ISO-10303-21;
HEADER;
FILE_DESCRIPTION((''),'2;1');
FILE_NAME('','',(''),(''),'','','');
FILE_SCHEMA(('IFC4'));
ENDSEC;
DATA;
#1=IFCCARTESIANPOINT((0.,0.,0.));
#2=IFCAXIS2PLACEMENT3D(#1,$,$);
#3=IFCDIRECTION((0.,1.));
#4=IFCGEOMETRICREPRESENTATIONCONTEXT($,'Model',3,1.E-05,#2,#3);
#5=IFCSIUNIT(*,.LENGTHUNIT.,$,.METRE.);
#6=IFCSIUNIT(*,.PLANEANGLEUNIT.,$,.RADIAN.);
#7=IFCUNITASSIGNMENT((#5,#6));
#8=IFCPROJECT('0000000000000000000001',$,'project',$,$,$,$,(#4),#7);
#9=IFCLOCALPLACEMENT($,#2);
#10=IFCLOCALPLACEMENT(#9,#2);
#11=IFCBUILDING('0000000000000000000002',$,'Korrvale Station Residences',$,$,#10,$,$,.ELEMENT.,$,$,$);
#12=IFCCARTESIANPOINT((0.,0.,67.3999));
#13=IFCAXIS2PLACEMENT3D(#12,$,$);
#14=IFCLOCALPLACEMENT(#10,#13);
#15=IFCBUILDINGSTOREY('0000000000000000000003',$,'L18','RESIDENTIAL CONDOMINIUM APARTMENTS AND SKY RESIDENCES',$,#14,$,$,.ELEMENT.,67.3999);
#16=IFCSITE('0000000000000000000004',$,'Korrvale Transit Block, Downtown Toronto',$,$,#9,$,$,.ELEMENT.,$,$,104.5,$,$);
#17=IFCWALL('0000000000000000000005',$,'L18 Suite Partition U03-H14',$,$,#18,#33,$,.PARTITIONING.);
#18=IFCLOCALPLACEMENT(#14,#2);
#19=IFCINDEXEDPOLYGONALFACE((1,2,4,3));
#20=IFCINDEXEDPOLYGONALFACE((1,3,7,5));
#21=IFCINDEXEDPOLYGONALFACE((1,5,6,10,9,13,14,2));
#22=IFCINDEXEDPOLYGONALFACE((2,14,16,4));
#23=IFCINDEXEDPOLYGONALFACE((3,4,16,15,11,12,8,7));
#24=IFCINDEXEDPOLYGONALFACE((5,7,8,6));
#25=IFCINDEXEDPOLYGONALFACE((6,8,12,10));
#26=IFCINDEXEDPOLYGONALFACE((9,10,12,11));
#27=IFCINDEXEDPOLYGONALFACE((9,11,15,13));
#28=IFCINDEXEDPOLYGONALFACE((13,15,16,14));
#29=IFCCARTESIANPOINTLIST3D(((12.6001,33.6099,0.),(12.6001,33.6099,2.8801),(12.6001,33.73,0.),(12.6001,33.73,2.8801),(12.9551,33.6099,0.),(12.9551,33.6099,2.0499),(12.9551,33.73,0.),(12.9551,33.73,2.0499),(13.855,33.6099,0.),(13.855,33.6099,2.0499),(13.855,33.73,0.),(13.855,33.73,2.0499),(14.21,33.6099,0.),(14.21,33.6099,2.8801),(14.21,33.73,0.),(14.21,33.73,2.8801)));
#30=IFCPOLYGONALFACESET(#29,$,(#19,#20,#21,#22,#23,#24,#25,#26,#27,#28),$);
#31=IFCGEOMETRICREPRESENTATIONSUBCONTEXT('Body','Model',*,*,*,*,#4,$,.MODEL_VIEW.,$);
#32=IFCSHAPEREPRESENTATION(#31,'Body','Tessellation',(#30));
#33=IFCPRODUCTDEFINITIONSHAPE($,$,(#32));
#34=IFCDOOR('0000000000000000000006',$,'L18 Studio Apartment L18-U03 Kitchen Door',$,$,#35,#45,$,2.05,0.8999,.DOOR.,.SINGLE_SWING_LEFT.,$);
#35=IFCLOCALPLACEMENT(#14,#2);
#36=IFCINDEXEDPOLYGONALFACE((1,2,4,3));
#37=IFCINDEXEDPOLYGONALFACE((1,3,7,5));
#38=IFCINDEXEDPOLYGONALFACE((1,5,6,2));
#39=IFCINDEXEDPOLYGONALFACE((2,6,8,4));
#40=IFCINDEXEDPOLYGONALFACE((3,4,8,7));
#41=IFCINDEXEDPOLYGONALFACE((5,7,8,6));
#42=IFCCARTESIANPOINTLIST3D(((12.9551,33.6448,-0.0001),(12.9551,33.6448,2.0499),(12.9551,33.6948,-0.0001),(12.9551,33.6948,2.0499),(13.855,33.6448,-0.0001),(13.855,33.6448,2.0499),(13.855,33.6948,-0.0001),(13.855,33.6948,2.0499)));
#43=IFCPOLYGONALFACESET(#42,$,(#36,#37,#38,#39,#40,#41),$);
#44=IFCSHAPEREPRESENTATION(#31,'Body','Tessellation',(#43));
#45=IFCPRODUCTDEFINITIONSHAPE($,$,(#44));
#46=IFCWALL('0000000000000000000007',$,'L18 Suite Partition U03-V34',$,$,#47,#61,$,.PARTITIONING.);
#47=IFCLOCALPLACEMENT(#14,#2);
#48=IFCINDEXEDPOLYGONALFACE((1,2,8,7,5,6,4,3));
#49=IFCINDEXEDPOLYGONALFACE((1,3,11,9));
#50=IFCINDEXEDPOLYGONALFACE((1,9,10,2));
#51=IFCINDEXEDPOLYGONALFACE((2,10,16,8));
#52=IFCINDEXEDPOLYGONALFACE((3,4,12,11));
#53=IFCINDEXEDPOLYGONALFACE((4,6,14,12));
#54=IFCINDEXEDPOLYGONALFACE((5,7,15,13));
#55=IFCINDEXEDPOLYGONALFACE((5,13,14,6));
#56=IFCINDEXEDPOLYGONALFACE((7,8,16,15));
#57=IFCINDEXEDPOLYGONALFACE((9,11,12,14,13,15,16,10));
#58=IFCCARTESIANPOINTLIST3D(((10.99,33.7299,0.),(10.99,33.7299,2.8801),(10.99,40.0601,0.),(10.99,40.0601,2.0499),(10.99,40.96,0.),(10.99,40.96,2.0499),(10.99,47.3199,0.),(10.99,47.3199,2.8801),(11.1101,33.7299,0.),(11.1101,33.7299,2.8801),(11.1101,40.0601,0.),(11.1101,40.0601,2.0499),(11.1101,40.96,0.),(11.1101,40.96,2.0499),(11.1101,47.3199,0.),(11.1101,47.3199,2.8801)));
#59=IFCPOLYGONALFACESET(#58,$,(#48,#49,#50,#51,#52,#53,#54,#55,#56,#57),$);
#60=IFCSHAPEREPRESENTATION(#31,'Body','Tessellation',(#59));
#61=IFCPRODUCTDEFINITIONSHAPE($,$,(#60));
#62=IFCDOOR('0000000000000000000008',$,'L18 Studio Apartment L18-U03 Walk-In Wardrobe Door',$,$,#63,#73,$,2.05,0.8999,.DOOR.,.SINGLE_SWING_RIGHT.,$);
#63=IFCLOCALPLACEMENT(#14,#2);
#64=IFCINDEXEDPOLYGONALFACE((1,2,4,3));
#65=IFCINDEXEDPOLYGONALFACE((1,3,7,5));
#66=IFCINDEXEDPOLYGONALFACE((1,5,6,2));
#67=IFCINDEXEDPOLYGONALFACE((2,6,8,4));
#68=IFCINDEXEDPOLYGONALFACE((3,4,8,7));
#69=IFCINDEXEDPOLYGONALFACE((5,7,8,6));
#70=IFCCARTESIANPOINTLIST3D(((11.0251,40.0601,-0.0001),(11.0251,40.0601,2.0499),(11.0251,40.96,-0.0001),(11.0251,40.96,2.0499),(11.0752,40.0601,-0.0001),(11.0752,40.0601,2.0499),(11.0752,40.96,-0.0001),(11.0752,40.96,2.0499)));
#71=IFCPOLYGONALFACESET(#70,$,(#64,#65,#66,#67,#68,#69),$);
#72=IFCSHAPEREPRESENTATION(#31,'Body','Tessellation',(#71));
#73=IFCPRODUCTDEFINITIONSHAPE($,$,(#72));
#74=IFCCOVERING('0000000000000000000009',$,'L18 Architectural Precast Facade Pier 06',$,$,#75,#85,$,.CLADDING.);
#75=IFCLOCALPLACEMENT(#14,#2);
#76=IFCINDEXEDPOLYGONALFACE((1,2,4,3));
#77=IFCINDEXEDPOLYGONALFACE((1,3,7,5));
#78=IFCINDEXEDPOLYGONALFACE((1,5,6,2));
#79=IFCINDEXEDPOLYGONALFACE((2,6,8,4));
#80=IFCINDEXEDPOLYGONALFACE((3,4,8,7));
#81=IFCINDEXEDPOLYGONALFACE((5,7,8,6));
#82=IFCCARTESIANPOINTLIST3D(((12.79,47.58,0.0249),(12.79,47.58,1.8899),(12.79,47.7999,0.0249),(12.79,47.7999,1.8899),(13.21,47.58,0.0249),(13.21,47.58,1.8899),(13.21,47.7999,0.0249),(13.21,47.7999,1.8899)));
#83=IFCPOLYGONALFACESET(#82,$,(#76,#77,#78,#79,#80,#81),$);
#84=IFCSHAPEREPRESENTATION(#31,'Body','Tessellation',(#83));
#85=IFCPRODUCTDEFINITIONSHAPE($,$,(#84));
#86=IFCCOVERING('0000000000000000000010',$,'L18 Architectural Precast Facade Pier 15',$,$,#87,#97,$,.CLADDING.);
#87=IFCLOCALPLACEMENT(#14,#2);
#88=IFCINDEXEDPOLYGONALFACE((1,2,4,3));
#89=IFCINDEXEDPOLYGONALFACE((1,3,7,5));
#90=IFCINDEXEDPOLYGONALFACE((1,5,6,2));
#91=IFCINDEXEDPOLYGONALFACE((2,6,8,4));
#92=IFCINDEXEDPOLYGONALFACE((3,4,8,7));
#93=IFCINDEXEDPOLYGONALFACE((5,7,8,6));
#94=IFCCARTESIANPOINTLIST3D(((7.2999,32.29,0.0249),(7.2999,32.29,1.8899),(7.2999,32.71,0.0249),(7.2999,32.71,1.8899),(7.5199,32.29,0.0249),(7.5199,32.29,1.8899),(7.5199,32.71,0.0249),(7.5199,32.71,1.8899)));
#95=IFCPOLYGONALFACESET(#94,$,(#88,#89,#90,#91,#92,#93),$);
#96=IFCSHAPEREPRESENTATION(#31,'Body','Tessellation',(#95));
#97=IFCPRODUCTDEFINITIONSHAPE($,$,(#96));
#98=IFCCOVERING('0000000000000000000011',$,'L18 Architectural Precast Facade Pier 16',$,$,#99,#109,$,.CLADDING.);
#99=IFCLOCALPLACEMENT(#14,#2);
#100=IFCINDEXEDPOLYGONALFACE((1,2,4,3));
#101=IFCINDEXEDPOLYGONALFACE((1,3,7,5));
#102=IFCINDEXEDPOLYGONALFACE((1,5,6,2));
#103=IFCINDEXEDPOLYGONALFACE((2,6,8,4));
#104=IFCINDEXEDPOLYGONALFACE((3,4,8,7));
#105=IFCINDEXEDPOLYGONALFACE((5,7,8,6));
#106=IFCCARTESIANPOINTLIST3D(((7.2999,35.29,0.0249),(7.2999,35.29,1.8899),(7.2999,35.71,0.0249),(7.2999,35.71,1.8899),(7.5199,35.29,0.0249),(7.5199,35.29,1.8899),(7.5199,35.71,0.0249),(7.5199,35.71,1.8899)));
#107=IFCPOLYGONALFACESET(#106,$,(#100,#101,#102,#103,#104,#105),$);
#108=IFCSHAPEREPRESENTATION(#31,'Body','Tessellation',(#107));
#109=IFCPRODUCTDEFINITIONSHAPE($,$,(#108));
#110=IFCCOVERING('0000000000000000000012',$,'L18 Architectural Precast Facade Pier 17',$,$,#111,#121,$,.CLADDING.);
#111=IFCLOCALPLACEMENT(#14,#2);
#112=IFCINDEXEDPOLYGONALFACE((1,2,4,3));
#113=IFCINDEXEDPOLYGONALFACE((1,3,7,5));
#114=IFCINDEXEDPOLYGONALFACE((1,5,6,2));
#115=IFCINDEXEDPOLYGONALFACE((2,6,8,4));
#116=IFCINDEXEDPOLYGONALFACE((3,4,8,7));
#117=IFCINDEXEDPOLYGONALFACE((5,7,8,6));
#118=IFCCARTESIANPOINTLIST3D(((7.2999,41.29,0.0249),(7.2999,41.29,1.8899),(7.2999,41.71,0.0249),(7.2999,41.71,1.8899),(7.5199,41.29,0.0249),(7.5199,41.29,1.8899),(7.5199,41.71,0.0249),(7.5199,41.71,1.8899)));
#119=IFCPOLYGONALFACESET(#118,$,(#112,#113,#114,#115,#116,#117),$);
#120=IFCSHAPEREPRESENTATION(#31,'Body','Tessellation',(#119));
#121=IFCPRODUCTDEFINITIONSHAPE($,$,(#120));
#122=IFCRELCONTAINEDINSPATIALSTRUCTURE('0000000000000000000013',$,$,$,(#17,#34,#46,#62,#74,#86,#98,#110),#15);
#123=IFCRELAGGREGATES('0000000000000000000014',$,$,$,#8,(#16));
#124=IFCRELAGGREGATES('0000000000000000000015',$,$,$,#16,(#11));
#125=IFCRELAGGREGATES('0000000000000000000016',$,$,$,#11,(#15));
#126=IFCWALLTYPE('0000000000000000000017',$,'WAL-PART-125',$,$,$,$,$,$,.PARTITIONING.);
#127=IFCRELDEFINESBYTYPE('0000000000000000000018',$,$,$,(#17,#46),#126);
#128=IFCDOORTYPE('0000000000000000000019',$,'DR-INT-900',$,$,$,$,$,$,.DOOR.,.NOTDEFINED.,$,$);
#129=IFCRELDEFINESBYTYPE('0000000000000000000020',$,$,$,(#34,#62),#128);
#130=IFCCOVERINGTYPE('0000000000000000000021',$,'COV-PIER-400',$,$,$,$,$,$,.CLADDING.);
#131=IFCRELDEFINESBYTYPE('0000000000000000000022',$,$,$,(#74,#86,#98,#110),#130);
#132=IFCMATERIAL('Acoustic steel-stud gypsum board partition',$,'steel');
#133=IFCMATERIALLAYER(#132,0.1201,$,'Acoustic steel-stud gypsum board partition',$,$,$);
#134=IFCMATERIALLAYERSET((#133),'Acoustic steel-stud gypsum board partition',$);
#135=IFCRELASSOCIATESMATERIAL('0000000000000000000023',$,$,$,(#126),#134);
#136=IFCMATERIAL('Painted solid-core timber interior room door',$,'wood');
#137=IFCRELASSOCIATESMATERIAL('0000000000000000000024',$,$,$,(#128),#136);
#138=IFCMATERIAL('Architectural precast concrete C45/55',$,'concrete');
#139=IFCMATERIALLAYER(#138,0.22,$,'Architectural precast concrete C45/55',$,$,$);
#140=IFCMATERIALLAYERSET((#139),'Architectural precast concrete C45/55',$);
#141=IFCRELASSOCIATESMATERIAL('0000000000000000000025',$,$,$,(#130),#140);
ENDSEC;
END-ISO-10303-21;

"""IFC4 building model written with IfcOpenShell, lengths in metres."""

from ifc_helpers import new_model, si_unit, direction, frame, frame_2d, origin, origin_2d, place, context, subcontext, project, spatial, rectangle, extrude, material, layer, layer_set, type_object, element, fill, save


model = new_model("IFC4")

# Units and contexts
model_context = context("Model", 3, precision=1e-05, world=origin(), true_north=direction((0.0, 1.0)))
body_context = subcontext(model_context, "Body", "Model", "MODEL_VIEW")
ifc_project = project(units=[si_unit("LENGTHUNIT", "METRE"), si_unit("PLANEANGLEUNIT", "RADIAN")], contexts=[model_context])

# Site, building, storey
site_placement = place(None, origin())
site = spatial("IfcSite", under=ifc_project, at=site_placement, Name="Korrvale Transit Block, Downtown Toronto", CompositionType="ELEMENT", RefElevation=104.5)
building_placement = place(site_placement, origin())
building = spatial("IfcBuilding", under=site, at=building_placement, Name="Korrvale Station Residences", CompositionType="ELEMENT")
storey_placement = place(building_placement, frame((0.0, 0.0, 67.3999)))
storey = spatial("IfcBuildingStorey", under=building, at=storey_placement, Name="L18", Description="RESIDENTIAL CONDOMINIUM APARTMENTS AND SKY RESIDENCES", CompositionType="ELEMENT", Elevation=67.3999)

# Shared definitions
ifc_material_1 = material(Name="Acoustic steel-stud gypsum board partition", Category="steel")
ifc_layer_1 = layer(ifc_material_1, 0.1201, Name="Acoustic steel-stud gypsum board partition")
ifc_layer_set_1 = layer_set([ifc_layer_1], Name="Acoustic steel-stud gypsum board partition")
wall_type_1 = type_object("IfcWallType", Name="WAL-PART-125", PredefinedType="PARTITIONING", material=ifc_layer_set_1)

# Walls, openings, doors
wall_1_placement = place(storey_placement, frame((12.6001, 33.6699, 0.0), z_axis=(0.0, 0.0, 1.0), x_axis=(1.0, 0.0, 0.0)))
wall_1 = element("IfcWall", 1, at=wall_1_placement, inside=storey, type_object=wall_type_1, Name="L18 Suite Partition U03-H14", PredefinedType="PARTITIONING", context=body_context, shape_type="SweptSolid", body=[
    extrude(rectangle(XDim=1.6099, YDim=0.1201, at=frame_2d((0.8049, 0.0))), origin(), (0.0, 0.0, 1.0), 2.8801),
])
opening_1_placement = place(wall_1_placement, frame((0.355, 0.0, 0.0)))
opening_1 = element("IfcOpeningElement", 2, at=opening_1_placement, cuts=wall_1, PredefinedType="OPENING", context=body_context, shape_type="SweptSolid", body=[
    extrude(rectangle(XDim=0.8999, YDim=2.05, at=frame_2d((0.45, 1.0249))), frame((0.0, 0.0701, 0.0), z_axis=(0.0, -1.0, 0.0), x_axis=(1.0, 0.0, 0.0)), (0.0, 0.0, 1.0), 0.1401),
])
ifc_material_2 = material(Name="Painted solid-core timber interior room door", Category="wood")
door_type = type_object("IfcDoorType", Name="DR-INT-900", OperationType="NOTDEFINED", PredefinedType="DOOR", material=ifc_material_2)
door_1_placement = place(opening_1_placement, origin())
door_1 = element("IfcDoor", 3, at=door_1_placement, inside=storey, type_object=door_type, Name="L18 Studio Apartment L18-U03 Kitchen Door", OperationType="SINGLE_SWING_LEFT", OverallHeight=2.05, OverallWidth=0.8999, PredefinedType="DOOR", context=body_context, shape_type="SweptSolid", body=[
    extrude(rectangle(XDim=0.8999, YDim=2.05, at=frame_2d((0.45, 1.0249))), frame((0.0, 0.0249, 0.0), z_axis=(0.0, -1.0, 0.0), x_axis=(1.0, 0.0, 0.0)), (0.0, 0.0, 1.0), 0.05),
])
fill(opening_1, door_1)
wall_2_placement = place(storey_placement, frame((11.05, 33.73, 0.0), z_axis=(0.0, 0.0, 1.0), x_axis=(0.0, 1.0, 0.0)))
wall_2 = element("IfcWall", 4, at=wall_2_placement, inside=storey, type_object=wall_type_1, Name="L18 Suite Partition U03-V34", PredefinedType="PARTITIONING", context=body_context, shape_type="SweptSolid", body=[
    extrude(rectangle(XDim=13.5901, YDim=0.1201, at=frame_2d((6.7949, 0.0))), origin(), (0.0, 0.0, 1.0), 2.8801),
])
opening_2_placement = place(wall_2_placement, frame((6.3301, 0.0, 0.0)))
opening_2 = element("IfcOpeningElement", 5, at=opening_2_placement, cuts=wall_2, PredefinedType="OPENING", context=body_context, shape_type="SweptSolid", body=[
    extrude(rectangle(XDim=0.8999, YDim=2.05, at=frame_2d((0.45, 1.0249))), frame((0.0, 0.0701, 0.0), z_axis=(0.0, -1.0, 0.0), x_axis=(1.0, 0.0, 0.0)), (0.0, 0.0, 1.0), 0.1401),
])
door_2_placement = place(opening_2_placement, origin())
door_2 = element("IfcDoor", 6, at=door_2_placement, inside=storey, type_object=door_type, Name="L18 Studio Apartment L18-U03 Walk-In Wardrobe Door", OperationType="SINGLE_SWING_RIGHT", OverallHeight=2.05, OverallWidth=0.8999, PredefinedType="DOOR", context=body_context, shape_type="SweptSolid", body=[
    extrude(rectangle(XDim=0.8999, YDim=2.05, at=frame_2d((0.45, 1.0249))), frame((0.0, 0.0249, 0.0), z_axis=(0.0, -1.0, 0.0), x_axis=(1.0, 0.0, 0.0)), (0.0, 0.0, 1.0), 0.05),
])
fill(opening_2, door_2)

# Coverings
ifc_material_3 = material(Name="Architectural precast concrete C45/55", Category="concrete")
ifc_layer_2 = layer(ifc_material_3, 0.22, Name="Architectural precast concrete C45/55")
ifc_layer_set_2 = layer_set([ifc_layer_2], Name="Architectural precast concrete C45/55")
covering_type = type_object("IfcCoveringType", Name="COV-PIER-400", PredefinedType="CLADDING", material=ifc_layer_set_2)
for number, where, z_axis, x_axis, name in (
    (7, (13.0, 47.6899, 0.0249), (0.0, 0.0, 1.0), (1.0, 0.0, 0.0), "L18 Architectural Precast Facade Pier 06"),
    (8, (7.4099, 32.5, 0.0249), (0.0, 0.0, 1.0), (0.0, 1.0, 0.0), "L18 Architectural Precast Facade Pier 15"),
    (9, (7.4099, 35.5, 0.0249), (0.0, 0.0, 1.0), (0.0, 1.0, 0.0), "L18 Architectural Precast Facade Pier 16"),
    (10, (7.4099, 41.5, 0.0249), (0.0, 0.0, 1.0), (0.0, 1.0, 0.0), "L18 Architectural Precast Facade Pier 17"),
):
    element("IfcCovering", number, at=place(storey_placement, frame(where, z_axis=z_axis, x_axis=x_axis)), inside=storey, type_object=covering_type, Name=name, PredefinedType="CLADDING", context=body_context, shape_type="SweptSolid", body=[
        extrude(rectangle(XDim=0.4199, YDim=0.22, at=origin_2d()), origin(), (0.0, 0.0, 1.0), 1.865),
    ])

save(model, "model.ifc")
